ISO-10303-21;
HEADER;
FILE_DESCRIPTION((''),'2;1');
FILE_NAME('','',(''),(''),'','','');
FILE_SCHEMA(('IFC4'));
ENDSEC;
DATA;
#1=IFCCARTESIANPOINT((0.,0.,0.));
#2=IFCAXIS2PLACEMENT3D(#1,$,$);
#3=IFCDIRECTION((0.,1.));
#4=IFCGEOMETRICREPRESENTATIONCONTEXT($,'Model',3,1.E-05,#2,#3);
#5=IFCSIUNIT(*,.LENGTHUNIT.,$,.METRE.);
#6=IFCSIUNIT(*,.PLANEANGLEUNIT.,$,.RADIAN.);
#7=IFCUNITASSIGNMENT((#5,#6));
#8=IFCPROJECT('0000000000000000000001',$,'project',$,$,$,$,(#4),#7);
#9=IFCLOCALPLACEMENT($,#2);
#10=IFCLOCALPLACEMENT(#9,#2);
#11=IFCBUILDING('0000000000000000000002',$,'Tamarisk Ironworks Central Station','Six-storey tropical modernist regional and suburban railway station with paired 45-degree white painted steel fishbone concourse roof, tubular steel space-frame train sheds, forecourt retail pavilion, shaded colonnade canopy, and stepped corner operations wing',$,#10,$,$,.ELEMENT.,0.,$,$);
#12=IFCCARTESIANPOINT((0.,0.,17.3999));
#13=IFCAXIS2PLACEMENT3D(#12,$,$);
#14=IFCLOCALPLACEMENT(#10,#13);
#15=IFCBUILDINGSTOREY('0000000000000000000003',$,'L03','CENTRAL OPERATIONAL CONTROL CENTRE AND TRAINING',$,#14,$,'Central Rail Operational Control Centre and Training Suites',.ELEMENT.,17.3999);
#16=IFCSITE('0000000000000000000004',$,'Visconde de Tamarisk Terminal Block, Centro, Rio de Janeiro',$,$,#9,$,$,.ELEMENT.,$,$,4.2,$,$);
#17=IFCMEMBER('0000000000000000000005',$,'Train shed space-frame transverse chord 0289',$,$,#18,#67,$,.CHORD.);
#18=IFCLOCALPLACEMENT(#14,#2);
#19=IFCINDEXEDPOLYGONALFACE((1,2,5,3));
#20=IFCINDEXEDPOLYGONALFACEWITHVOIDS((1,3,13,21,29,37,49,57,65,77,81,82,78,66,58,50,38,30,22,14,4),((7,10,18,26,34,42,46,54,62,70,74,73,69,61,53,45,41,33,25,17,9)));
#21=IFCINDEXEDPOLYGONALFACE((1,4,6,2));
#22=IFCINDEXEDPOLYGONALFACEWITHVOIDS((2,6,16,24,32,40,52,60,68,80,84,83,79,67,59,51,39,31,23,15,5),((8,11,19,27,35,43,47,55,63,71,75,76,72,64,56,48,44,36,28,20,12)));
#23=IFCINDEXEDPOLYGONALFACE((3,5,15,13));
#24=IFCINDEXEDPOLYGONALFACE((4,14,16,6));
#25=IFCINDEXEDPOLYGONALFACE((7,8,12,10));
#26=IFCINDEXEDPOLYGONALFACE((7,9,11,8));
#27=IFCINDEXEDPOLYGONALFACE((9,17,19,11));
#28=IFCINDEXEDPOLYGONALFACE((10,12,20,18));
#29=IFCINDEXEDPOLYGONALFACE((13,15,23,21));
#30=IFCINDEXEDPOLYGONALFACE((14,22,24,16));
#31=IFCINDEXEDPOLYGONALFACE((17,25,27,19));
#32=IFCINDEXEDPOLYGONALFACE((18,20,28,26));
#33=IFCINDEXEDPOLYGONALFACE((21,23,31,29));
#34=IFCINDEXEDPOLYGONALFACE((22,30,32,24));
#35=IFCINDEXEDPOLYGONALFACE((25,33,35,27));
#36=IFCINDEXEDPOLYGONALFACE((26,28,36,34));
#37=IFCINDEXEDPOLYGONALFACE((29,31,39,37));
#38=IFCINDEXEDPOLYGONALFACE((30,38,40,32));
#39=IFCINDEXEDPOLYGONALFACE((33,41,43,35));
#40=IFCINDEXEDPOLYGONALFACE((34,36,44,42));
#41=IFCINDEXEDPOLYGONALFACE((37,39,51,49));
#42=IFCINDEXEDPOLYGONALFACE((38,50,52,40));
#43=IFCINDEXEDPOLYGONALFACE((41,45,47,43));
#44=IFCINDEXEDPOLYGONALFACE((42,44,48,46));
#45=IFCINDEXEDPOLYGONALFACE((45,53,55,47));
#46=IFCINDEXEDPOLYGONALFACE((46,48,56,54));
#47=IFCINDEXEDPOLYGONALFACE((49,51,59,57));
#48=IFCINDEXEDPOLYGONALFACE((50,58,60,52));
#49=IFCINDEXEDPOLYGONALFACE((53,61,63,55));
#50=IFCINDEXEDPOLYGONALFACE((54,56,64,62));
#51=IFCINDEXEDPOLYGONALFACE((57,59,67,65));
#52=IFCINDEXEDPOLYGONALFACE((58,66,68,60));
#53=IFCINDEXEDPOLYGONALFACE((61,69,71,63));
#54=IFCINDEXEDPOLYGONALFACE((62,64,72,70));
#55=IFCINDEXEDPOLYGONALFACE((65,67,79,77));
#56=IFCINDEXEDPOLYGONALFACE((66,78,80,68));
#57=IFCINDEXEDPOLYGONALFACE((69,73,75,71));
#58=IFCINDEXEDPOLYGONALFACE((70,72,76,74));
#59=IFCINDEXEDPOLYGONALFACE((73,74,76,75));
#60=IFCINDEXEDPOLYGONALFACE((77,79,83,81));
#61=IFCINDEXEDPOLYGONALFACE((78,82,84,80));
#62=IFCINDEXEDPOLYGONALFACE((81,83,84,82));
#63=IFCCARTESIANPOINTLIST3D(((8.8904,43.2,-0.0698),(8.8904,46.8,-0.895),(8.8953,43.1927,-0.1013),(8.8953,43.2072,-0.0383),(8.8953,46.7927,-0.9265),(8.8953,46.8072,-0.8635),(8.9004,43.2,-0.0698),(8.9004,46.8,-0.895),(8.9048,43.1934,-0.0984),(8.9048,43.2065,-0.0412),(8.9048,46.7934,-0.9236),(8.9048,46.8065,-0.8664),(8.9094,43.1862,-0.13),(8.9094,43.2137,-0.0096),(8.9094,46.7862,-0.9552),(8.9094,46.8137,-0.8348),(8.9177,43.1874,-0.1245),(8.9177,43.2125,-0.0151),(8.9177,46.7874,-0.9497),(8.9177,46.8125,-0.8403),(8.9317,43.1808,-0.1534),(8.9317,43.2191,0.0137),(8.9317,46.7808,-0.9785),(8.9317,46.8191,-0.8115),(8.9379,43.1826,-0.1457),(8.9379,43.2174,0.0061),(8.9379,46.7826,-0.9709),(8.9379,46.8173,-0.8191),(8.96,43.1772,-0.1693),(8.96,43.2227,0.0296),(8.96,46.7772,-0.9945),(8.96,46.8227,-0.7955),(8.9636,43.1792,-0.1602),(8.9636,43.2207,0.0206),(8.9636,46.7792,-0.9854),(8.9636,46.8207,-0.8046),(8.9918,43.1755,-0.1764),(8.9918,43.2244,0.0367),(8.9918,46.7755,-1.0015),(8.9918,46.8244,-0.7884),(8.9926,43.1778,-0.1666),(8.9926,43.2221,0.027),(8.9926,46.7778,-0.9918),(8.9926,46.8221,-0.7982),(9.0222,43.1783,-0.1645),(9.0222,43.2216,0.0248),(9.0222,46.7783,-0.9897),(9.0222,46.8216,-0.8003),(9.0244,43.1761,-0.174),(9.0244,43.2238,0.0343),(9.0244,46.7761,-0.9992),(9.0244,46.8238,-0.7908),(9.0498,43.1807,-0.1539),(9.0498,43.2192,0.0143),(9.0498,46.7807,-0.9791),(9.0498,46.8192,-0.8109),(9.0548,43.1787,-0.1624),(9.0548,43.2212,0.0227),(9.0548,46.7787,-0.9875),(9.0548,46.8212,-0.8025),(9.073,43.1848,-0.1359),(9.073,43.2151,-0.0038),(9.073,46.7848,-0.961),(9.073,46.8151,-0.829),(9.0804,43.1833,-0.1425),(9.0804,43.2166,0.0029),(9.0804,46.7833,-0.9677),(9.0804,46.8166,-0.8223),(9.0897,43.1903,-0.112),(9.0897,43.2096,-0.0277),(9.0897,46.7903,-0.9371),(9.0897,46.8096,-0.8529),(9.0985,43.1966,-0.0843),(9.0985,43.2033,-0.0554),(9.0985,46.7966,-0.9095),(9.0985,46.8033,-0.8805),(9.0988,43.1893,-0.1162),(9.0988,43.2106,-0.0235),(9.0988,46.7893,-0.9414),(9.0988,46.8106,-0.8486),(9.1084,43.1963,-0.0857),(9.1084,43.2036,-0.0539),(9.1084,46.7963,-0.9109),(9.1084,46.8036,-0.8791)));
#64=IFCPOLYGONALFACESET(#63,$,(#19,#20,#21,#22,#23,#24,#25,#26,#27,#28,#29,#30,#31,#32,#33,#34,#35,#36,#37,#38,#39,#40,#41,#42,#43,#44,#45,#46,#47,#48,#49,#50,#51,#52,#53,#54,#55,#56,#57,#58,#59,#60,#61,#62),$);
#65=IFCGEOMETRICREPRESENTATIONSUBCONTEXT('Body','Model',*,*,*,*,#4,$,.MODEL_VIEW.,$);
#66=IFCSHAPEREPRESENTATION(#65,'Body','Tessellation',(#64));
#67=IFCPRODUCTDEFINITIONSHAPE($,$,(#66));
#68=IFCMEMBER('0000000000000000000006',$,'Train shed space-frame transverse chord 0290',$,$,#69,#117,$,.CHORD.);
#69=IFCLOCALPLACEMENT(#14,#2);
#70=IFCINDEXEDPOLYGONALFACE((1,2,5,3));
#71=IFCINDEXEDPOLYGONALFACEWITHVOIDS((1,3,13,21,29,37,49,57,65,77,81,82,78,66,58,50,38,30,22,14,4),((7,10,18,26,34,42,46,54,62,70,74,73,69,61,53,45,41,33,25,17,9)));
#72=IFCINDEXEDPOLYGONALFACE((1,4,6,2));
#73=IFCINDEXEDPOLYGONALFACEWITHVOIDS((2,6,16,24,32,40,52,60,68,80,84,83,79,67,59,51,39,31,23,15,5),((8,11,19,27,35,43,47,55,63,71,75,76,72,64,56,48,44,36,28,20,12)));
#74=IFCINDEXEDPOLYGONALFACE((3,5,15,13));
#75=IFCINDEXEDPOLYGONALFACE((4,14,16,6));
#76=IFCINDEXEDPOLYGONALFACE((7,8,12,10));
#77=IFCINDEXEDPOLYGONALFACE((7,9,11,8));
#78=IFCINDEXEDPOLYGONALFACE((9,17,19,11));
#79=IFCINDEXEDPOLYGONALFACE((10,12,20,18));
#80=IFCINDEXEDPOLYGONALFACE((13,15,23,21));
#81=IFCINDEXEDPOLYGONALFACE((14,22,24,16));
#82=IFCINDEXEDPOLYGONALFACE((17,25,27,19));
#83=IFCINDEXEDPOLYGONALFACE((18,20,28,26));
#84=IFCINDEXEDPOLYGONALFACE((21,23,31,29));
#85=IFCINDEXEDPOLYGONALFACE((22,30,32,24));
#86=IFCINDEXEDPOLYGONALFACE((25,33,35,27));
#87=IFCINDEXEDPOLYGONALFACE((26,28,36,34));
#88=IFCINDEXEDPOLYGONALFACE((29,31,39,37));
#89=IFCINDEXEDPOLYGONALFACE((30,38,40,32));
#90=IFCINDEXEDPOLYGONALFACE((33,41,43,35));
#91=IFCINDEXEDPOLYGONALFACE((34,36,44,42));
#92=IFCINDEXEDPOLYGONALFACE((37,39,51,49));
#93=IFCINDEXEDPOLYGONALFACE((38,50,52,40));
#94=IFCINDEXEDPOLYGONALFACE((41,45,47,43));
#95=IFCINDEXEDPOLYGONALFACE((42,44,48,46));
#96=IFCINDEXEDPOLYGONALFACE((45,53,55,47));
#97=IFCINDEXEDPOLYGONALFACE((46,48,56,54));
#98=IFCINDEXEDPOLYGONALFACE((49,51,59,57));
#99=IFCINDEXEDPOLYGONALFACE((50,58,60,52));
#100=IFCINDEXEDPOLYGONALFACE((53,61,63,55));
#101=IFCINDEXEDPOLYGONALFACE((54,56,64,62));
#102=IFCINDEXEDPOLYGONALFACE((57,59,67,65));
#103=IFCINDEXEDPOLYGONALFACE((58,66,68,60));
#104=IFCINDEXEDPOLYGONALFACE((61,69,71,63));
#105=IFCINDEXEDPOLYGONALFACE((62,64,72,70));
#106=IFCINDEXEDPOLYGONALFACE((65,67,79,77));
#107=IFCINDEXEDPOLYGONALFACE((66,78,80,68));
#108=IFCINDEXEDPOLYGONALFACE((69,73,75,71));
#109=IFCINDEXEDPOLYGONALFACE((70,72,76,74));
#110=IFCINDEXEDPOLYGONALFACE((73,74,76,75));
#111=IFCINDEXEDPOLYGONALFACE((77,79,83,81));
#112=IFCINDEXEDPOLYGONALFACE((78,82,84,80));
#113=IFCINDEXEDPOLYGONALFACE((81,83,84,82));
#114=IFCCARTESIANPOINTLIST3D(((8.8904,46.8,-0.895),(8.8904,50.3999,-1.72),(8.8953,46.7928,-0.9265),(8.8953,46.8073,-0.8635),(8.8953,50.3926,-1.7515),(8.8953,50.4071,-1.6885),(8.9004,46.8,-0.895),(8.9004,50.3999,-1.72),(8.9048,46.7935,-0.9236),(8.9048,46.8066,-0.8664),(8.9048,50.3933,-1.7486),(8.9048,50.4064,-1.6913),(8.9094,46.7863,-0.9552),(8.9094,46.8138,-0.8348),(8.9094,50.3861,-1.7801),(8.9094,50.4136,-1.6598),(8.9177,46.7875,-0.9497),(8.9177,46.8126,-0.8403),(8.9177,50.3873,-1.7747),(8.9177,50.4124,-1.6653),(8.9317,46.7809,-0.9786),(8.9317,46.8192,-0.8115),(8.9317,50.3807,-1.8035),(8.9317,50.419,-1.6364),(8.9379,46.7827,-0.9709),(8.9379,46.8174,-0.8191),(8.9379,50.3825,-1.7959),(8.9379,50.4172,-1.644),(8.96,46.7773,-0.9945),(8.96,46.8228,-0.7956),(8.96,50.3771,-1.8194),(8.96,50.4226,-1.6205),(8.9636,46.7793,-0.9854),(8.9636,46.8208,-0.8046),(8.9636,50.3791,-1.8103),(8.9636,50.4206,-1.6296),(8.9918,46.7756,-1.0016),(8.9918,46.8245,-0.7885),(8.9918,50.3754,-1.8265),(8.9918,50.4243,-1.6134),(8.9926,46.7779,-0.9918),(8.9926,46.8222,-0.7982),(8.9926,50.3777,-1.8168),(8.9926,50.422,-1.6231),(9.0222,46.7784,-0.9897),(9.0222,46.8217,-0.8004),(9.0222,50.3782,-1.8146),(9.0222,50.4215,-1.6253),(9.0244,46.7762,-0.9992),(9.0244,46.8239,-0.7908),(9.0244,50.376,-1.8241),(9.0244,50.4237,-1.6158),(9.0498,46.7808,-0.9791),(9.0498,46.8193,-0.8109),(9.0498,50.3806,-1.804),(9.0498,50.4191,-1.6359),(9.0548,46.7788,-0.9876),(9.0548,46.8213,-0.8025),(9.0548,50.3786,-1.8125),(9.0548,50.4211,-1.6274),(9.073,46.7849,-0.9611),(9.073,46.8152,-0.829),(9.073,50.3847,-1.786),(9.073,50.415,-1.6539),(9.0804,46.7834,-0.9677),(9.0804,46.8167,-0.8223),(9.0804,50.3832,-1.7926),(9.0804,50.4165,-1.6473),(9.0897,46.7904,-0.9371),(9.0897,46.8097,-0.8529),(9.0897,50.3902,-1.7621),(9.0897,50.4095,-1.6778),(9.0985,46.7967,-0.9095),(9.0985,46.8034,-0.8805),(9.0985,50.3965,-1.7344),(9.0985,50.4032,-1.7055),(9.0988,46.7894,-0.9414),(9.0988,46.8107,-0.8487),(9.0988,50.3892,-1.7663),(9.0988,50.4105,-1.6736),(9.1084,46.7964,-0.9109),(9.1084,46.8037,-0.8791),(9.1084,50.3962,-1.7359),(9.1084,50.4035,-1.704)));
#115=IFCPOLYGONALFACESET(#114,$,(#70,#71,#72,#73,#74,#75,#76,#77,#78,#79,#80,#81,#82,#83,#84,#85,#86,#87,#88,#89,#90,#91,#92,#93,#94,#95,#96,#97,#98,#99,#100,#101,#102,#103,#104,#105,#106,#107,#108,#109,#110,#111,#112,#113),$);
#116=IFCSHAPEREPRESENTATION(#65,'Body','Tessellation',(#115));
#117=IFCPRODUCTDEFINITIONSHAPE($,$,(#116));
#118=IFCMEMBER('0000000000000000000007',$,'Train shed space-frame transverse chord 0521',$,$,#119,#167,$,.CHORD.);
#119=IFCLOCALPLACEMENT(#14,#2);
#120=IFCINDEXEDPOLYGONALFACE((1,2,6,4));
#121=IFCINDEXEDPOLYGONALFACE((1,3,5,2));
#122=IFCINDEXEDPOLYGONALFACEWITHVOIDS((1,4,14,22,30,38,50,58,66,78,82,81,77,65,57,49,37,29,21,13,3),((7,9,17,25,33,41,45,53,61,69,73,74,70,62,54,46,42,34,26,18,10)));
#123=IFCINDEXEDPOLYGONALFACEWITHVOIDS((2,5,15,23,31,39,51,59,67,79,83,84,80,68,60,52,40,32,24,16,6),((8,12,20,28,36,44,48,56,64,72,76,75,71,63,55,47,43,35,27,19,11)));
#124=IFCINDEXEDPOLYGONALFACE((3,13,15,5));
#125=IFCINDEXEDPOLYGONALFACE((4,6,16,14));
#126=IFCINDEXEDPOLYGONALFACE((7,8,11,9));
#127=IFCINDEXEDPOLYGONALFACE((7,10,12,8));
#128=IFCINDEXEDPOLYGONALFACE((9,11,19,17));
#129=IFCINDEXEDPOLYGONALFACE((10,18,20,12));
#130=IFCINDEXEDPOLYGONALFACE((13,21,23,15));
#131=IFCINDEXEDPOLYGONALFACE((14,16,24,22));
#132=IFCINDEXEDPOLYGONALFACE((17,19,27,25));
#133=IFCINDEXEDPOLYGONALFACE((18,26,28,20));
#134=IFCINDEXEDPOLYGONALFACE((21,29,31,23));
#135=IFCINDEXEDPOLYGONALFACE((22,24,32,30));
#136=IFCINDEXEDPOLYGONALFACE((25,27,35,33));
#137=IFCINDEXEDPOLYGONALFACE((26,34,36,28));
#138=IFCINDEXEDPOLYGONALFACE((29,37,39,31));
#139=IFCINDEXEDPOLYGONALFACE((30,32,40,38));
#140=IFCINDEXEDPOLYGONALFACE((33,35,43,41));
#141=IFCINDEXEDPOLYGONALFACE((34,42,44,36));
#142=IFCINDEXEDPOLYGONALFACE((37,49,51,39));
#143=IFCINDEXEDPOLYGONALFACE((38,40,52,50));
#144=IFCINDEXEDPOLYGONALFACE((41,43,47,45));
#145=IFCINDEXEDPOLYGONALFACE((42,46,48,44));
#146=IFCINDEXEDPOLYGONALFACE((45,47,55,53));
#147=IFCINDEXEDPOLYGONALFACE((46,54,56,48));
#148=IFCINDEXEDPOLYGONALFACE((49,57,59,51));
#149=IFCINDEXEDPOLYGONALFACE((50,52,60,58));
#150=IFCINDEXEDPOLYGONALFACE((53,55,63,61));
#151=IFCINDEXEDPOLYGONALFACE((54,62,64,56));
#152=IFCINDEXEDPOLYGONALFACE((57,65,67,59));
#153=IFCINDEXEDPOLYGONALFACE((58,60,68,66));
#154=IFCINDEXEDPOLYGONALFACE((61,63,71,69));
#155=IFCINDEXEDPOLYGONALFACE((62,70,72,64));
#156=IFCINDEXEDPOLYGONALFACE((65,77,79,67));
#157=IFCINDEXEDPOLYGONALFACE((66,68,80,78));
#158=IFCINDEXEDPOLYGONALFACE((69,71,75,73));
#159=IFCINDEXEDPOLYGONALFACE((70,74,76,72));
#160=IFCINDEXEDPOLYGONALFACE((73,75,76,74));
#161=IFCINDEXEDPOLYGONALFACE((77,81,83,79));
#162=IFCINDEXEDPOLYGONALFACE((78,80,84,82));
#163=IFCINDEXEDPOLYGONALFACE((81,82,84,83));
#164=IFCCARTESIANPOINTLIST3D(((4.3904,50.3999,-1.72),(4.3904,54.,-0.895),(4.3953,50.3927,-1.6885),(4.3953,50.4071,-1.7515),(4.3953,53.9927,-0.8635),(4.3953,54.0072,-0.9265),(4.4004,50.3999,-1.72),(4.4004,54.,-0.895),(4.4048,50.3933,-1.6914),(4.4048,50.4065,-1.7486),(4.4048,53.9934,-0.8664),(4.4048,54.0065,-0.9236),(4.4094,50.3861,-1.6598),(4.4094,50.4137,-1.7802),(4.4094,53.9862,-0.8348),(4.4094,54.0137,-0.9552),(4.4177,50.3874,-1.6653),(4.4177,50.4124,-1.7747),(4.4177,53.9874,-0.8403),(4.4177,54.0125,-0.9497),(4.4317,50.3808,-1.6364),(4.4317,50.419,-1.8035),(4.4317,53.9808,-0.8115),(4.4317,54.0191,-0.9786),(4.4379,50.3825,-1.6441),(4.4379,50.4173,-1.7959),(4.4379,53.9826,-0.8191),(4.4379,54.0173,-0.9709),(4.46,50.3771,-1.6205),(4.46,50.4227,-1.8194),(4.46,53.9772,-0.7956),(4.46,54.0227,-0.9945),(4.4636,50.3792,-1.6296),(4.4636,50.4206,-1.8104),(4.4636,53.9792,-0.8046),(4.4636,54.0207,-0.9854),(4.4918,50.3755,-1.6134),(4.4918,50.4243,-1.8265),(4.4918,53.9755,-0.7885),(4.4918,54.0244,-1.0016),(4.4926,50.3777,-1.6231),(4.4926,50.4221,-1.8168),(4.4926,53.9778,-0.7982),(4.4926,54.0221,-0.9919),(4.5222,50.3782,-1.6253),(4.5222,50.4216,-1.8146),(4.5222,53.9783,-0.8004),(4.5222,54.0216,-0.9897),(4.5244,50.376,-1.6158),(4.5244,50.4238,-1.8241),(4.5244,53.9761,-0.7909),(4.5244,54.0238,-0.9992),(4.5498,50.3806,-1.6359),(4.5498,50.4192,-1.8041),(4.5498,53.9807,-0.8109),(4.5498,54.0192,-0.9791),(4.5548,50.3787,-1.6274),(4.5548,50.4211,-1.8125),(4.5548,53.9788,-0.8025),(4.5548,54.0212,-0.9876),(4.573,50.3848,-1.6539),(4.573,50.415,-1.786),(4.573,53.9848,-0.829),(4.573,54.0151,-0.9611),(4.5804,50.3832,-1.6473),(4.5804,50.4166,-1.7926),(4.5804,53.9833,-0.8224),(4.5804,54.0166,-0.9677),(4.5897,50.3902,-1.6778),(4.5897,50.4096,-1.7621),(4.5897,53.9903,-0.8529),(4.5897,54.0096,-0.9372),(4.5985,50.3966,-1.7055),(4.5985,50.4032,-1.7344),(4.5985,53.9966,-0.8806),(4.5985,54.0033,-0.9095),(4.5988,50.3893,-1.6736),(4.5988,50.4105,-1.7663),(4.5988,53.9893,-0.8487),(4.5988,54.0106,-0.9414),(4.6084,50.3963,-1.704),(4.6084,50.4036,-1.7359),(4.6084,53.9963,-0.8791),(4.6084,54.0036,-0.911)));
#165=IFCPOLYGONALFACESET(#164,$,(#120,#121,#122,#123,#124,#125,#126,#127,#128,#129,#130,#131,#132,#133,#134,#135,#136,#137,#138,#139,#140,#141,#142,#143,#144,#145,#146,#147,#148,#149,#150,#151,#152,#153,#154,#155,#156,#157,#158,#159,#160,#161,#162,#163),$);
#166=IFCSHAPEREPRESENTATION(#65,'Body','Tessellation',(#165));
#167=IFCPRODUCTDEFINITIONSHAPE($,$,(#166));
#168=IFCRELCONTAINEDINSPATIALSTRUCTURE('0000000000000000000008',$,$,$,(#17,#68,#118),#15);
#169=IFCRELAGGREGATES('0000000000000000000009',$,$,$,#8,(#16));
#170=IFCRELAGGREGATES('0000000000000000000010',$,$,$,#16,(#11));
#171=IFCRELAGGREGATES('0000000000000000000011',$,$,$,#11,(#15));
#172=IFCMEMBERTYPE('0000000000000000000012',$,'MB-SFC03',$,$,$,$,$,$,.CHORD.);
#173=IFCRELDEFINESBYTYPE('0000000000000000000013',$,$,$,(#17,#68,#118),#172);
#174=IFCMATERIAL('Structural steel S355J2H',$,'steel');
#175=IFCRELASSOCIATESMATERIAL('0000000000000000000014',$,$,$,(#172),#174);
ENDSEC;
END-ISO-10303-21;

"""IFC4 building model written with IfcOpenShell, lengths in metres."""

from ifc_helpers import new_model, si_unit, direction, frame, origin, origin_2d, place, context, subcontext, project, spatial, hollow_circle, extrude, material, material_profile, profile_set, type_object, element, save


model = new_model("IFC4")

# Units and contexts
model_context = context("Model", 3, precision=1e-05, world=origin(), true_north=direction((0.0, 1.0)))
body_context = subcontext(model_context, "Body", "Model", "MODEL_VIEW")
ifc_project = project(units=[si_unit("LENGTHUNIT", "METRE"), si_unit("PLANEANGLEUNIT", "RADIAN")], contexts=[model_context])

# Site, building, storey
site_placement = place(None, origin())
site = spatial("IfcSite", under=ifc_project, at=site_placement, Name="Visconde de Tamarisk Terminal Block, Centro, Rio de Janeiro", CompositionType="ELEMENT", RefElevation=4.2)
building_placement = place(site_placement, origin())
building = spatial("IfcBuilding", under=site, at=building_placement, Name="Tamarisk Ironworks Central Station", Description="Six-storey tropical modernist regional and suburban railway station with paired 45-degree white painted steel fishbone concourse roof, tubular steel space-frame train sheds, forecourt retail pavilion, shaded colonnade canopy, and stepped corner operations wing", CompositionType="ELEMENT", ElevationOfRefHeight=0.0)
storey_placement = place(building_placement, frame((0.0, 0.0, 17.3999)))
storey = spatial("IfcBuildingStorey", under=building, at=storey_placement, Name="L03", Description="CENTRAL OPERATIONAL CONTROL CENTRE AND TRAINING", LongName="Central Rail Operational Control Centre and Training Suites", CompositionType="ELEMENT", Elevation=17.3999)

# Members
ifc_material_1 = material(Name="Structural steel S355J2H", Category="steel")
ifc_material_profile_1 = material_profile(ifc_material_1, hollow_circle(Radius=0.1096, WallThickness=0.01, at=origin_2d()), Name="CHS 219.1x10")
ifc_profile_set_1 = profile_set([ifc_material_profile_1], Name="Structural steel S355J2H")
member_type_1 = type_object("IfcMemberType", Name="MB-SFC03", PredefinedType="CHORD", material=ifc_profile_set_1)
member_1_placement = place(storey_placement, frame((9.0, 43.2, -0.0698), z_axis=(0.0, 0.974722, -0.223421), x_axis=(-1.0, 0.0, 0.0)))
element("IfcMember", 1, at=member_1_placement, inside=storey, type_object=member_type_1, Name="Train shed space-frame transverse chord 0289", PredefinedType="CHORD", context=body_context, shape_type="SweptSolid", body=[
    extrude(hollow_circle(Radius=0.1096, WallThickness=0.01, at=origin_2d()), origin(), (0.0, 0.0, 1.0), 3.6934),
])
member_2_placement = place(storey_placement, frame((9.0, 46.8, -0.895), z_axis=(0.0, 0.974733, -0.223372), x_axis=(-1.0, 0.0, 0.0)))
element("IfcMember", 2, at=member_2_placement, inside=storey, type_object=member_type_1, Name="Train shed space-frame transverse chord 0290", PredefinedType="CHORD", context=body_context, shape_type="SweptSolid", body=[
    extrude(hollow_circle(Radius=0.1096, WallThickness=0.01, at=origin_2d()), origin(), (0.0, 0.0, 1.0), 3.6931),
])
for number, where, z_axis, x_axis, name in (
    (3, (4.5, 50.3999, -1.72), (0.0, 0.974737, 0.223358), (-1.0, 0.0, 0.0), "Train shed space-frame transverse chord 0521"),
):
    element("IfcMember", number, at=place(storey_placement, frame(where, z_axis=z_axis, x_axis=x_axis)), inside=storey, type_object=member_type_1, Name=name, PredefinedType="CHORD", context=body_context, shape_type="SweptSolid", body=[
        extrude(hollow_circle(Radius=0.1096, WallThickness=0.01, at=origin_2d()), origin(), (0.0, 0.0, 1.0), 3.6934),
    ])

save(model, "model.ifc")
